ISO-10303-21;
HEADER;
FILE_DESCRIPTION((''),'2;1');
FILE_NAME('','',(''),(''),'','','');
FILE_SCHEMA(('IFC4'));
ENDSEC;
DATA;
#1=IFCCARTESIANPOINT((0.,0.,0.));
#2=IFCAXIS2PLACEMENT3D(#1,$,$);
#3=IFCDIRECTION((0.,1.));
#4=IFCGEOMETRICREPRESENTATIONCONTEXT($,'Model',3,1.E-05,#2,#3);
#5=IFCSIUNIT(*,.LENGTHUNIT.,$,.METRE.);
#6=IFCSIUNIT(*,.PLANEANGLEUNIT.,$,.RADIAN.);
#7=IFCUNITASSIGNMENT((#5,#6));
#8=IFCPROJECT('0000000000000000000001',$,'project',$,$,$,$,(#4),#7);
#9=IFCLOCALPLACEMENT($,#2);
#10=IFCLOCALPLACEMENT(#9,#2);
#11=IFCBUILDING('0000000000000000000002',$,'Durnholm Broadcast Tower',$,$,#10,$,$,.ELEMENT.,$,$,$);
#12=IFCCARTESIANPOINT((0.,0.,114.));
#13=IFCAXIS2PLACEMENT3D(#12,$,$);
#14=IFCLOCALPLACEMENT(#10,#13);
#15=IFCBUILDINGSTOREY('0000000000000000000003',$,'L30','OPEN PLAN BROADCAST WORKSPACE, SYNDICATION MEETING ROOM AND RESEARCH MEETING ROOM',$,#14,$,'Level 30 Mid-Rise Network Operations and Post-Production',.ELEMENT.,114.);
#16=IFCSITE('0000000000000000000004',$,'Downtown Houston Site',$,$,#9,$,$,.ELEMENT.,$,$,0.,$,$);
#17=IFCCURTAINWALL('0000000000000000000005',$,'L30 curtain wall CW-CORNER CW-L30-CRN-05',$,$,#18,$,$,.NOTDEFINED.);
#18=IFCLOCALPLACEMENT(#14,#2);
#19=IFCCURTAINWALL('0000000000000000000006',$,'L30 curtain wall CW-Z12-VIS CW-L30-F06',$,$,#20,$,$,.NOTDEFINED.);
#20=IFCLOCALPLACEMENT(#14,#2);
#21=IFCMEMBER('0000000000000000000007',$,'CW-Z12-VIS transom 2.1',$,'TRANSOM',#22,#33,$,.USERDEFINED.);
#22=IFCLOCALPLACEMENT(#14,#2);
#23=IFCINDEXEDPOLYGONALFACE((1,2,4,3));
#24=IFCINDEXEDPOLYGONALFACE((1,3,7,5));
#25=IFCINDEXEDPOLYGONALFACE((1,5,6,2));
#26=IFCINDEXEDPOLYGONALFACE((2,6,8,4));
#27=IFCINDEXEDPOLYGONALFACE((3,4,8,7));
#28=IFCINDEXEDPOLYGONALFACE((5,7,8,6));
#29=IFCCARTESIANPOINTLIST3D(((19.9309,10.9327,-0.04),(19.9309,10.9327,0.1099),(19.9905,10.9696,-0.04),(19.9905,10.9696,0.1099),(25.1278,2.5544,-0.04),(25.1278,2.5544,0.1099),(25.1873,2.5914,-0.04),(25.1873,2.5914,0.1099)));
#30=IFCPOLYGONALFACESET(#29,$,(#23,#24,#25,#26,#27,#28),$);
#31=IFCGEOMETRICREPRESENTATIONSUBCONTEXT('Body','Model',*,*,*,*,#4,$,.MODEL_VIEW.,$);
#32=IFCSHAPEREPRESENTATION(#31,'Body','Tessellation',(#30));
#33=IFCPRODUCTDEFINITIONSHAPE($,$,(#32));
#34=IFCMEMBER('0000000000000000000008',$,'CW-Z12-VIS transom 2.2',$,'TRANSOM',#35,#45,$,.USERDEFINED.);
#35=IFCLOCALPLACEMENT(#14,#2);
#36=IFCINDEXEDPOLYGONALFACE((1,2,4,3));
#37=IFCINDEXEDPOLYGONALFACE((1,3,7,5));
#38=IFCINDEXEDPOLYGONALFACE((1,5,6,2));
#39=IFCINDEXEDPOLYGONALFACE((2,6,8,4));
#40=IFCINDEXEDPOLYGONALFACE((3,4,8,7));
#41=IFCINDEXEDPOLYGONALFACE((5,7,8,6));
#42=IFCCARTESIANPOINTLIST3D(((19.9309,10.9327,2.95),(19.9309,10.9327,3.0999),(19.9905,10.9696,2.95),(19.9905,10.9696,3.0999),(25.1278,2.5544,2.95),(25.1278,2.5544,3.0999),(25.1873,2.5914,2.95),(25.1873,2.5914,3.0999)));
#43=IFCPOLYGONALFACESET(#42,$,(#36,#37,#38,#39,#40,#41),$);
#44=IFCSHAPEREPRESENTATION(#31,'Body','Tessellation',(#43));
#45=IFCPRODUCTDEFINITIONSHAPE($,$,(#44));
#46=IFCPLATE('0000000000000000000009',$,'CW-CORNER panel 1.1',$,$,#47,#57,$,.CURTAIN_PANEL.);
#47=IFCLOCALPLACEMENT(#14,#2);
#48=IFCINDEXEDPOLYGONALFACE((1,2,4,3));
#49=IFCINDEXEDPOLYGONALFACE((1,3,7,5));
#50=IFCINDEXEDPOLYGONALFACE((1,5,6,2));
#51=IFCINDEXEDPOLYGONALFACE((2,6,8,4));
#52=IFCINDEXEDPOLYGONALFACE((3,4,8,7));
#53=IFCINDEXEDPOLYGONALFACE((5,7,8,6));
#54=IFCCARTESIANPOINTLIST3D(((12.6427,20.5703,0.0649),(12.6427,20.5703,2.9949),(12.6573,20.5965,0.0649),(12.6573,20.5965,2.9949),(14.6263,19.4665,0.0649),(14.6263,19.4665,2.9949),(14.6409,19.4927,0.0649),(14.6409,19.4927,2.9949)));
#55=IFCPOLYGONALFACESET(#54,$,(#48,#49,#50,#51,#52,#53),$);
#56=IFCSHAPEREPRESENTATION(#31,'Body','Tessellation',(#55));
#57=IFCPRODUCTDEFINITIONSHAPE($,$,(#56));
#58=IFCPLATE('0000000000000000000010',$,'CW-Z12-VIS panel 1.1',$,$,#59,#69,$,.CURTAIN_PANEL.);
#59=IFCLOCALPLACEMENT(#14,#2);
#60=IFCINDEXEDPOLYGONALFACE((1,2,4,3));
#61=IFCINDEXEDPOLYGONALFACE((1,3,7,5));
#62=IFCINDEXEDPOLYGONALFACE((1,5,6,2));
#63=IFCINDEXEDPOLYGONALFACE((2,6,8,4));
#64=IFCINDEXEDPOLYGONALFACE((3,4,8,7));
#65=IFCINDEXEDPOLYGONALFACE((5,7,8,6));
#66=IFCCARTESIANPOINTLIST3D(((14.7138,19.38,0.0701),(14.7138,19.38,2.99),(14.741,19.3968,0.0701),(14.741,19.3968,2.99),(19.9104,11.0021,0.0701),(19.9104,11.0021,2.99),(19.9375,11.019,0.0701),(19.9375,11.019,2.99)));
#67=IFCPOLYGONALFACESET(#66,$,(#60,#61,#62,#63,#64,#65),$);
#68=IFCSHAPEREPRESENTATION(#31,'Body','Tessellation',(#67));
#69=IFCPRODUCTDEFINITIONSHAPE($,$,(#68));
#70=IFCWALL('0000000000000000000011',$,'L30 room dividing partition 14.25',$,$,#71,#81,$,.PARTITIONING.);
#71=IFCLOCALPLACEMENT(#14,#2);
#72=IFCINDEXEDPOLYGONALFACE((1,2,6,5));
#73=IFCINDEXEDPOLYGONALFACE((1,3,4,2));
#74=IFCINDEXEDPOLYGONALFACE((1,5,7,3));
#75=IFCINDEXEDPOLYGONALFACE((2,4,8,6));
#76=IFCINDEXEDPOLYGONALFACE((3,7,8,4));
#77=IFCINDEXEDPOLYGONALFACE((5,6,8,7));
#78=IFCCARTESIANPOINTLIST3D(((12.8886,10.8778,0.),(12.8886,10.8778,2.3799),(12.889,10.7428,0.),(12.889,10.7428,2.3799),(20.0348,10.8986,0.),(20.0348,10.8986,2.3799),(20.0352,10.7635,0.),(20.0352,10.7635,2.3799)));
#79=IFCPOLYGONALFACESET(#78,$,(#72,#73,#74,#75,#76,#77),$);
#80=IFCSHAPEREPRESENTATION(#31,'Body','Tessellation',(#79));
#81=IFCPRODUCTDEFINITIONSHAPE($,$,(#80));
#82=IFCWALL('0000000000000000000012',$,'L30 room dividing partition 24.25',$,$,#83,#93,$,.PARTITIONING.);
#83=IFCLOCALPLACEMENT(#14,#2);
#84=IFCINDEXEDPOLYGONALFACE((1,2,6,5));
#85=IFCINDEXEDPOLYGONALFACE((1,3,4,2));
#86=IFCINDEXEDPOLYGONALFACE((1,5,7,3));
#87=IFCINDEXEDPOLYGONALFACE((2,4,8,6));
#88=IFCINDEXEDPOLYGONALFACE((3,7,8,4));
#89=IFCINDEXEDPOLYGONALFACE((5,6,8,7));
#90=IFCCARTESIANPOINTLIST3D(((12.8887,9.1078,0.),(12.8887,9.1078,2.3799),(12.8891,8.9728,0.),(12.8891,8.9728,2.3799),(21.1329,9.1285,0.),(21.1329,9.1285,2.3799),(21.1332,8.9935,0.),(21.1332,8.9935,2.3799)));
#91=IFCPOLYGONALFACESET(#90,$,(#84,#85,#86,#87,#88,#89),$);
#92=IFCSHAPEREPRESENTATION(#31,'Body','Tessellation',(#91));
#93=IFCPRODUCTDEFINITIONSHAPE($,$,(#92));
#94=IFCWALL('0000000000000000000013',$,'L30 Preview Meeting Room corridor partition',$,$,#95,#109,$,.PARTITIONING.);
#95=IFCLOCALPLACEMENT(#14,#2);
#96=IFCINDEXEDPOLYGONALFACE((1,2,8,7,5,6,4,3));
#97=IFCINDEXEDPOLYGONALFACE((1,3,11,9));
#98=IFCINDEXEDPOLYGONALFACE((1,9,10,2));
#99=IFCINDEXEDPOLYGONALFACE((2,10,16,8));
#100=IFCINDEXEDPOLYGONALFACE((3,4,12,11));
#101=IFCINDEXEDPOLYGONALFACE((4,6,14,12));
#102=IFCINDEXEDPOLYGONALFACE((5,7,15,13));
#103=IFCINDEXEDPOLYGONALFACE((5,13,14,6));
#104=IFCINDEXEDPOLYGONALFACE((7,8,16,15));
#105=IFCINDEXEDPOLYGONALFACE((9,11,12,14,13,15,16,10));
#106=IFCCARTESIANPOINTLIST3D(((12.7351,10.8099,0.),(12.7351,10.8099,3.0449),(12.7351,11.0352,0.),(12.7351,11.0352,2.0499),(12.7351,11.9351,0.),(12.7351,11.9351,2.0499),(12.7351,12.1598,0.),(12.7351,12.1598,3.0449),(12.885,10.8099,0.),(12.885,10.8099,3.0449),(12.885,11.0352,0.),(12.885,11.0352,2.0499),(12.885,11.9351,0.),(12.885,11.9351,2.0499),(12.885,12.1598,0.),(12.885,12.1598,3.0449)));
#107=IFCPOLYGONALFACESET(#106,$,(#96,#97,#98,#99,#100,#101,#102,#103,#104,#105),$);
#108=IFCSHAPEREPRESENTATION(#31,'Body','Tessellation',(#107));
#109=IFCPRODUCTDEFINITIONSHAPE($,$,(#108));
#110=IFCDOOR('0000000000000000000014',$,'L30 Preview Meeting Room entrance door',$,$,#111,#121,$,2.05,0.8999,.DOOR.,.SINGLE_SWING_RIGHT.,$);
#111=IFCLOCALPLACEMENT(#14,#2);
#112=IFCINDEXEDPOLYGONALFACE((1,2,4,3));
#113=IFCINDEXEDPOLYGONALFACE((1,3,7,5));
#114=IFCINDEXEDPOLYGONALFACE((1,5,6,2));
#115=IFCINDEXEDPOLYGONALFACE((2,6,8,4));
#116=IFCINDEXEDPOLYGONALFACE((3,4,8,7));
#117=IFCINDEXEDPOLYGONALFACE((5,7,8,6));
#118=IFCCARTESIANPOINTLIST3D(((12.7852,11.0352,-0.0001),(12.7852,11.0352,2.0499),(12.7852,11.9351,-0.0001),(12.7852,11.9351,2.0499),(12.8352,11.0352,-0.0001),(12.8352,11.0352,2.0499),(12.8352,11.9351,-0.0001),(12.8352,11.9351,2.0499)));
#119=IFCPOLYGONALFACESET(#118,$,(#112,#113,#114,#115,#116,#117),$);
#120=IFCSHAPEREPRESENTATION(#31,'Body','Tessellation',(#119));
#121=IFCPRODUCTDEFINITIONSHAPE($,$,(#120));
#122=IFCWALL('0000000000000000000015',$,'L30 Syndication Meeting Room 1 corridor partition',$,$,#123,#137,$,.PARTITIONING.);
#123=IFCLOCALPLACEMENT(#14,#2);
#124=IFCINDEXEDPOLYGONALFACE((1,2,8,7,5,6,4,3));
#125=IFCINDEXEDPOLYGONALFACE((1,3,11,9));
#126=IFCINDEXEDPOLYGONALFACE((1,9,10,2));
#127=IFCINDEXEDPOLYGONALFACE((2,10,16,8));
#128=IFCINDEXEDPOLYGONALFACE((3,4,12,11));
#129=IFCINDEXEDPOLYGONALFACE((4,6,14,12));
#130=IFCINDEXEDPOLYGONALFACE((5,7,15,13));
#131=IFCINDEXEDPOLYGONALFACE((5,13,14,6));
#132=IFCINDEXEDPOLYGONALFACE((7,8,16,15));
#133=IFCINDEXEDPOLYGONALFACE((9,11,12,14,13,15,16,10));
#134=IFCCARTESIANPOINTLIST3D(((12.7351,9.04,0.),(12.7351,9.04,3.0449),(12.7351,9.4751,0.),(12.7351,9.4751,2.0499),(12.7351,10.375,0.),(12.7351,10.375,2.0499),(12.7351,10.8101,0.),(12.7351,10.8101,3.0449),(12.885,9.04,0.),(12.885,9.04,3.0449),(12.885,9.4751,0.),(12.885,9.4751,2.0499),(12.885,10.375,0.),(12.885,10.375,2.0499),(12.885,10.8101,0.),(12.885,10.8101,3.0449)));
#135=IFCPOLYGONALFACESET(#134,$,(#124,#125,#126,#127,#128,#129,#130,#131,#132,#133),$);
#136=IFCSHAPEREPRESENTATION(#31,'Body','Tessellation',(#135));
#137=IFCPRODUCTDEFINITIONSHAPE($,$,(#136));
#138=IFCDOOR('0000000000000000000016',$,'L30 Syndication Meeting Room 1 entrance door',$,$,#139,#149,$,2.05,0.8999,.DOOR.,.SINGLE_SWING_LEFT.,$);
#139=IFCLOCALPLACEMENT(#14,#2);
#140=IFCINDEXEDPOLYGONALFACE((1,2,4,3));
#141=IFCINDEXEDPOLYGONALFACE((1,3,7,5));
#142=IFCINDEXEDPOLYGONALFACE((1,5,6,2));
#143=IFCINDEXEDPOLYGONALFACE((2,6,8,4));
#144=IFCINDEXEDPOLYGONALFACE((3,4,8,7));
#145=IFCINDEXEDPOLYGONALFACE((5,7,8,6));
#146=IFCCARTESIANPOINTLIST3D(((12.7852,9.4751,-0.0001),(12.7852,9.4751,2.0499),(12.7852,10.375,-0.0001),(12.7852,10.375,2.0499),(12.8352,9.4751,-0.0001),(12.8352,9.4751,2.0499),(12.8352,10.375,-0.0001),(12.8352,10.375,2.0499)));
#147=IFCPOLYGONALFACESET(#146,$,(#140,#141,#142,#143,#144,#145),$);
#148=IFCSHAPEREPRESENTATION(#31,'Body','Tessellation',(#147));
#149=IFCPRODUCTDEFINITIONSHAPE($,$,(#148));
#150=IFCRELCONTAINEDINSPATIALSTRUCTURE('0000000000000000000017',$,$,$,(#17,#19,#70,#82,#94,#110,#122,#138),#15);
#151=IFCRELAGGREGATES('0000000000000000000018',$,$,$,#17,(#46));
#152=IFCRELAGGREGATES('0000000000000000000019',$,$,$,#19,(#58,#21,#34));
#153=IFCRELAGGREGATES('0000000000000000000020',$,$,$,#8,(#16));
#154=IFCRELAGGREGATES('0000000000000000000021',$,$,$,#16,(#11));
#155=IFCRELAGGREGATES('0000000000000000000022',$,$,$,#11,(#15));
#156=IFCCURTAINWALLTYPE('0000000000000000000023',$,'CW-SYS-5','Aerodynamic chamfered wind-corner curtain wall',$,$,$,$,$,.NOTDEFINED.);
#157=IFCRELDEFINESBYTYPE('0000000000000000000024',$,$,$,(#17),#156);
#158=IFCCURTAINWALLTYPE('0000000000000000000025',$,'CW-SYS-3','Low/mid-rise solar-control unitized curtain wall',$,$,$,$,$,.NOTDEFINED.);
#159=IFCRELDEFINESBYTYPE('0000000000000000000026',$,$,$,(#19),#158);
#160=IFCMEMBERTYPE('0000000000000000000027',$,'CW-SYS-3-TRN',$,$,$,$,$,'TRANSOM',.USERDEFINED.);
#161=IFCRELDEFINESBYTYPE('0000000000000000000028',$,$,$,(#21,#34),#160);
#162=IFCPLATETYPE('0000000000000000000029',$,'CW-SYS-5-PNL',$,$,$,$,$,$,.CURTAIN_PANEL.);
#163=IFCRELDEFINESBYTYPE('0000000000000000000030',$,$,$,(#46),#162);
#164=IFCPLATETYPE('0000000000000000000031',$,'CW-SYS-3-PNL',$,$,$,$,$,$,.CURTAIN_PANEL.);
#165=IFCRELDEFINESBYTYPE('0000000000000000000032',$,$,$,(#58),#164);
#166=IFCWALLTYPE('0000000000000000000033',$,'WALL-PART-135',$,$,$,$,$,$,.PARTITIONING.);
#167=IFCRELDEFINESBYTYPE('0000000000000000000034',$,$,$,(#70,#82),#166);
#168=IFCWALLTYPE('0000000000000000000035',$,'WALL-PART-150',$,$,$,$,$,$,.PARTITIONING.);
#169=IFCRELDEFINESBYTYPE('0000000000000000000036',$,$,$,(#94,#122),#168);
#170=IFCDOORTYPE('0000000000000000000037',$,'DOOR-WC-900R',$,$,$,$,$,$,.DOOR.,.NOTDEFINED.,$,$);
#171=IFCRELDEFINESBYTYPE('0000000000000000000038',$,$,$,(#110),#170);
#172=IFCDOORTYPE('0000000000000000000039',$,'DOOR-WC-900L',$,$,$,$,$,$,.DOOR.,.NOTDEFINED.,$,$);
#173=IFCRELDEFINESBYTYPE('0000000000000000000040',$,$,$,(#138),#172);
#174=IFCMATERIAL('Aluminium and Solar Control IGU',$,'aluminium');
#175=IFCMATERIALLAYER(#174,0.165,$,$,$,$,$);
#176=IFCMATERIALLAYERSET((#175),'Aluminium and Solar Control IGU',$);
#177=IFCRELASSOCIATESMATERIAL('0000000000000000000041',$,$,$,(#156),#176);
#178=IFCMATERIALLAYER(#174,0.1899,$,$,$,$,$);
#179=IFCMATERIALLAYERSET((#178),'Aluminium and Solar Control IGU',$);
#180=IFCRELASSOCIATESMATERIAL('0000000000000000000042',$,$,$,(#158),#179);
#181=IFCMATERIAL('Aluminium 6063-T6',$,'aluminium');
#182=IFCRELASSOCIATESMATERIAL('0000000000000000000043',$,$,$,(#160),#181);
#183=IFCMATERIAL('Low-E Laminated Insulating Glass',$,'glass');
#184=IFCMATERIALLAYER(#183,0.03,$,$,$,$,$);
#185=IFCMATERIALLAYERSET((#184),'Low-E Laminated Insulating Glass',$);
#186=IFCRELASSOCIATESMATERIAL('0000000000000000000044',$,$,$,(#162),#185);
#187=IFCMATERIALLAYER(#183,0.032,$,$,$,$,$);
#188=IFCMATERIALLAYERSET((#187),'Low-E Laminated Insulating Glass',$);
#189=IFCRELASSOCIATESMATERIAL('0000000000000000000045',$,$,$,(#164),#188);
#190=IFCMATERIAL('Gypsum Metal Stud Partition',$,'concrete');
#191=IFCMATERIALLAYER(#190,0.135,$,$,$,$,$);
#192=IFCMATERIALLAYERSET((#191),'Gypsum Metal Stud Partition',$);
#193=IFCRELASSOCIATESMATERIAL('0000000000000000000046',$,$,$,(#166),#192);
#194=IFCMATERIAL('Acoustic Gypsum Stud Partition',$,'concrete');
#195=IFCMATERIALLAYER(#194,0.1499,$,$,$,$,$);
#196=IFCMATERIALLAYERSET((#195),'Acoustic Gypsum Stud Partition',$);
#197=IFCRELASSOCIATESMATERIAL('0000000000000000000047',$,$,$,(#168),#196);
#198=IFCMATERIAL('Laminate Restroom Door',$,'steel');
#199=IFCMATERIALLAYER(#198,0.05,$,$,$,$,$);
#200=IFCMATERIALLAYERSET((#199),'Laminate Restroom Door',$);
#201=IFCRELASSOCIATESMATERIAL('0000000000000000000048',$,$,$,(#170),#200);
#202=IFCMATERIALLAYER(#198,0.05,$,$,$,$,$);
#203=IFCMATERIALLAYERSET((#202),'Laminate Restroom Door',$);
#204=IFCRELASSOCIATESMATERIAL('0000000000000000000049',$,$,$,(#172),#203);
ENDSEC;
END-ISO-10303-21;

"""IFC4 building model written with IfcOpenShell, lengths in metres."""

from ifc_helpers import new_model, si_unit, direction, frame, frame_2d, origin, origin_2d, place, context, subcontext, project, spatial, rectangle, extrude, source, transform, mapped, material, layer, layer_set, material_profile, profile_set, type_object, type_shapes, element, fill, aggregate, save


model = new_model("IFC4")

# Units and contexts
model_context = context("Model", 3, precision=1e-05, world=origin(), true_north=direction((0.0, 1.0)))
body_context = subcontext(model_context, "Body", "Model", "MODEL_VIEW")
ifc_project = project(units=[si_unit("LENGTHUNIT", "METRE"), si_unit("PLANEANGLEUNIT", "RADIAN")], contexts=[model_context])

# Site, building, storey
site_placement = place(None, origin())
site = spatial("IfcSite", under=ifc_project, at=site_placement, Name="Downtown Houston Site", CompositionType="ELEMENT", RefElevation=0.0)
building_placement = place(site_placement, origin())
building = spatial("IfcBuilding", under=site, at=building_placement, Name="Durnholm Broadcast Tower", CompositionType="ELEMENT")
storey_placement = place(building_placement, frame((0.0, 0.0, 114.0)))
storey = spatial("IfcBuildingStorey", under=building, at=storey_placement, Name="L30", Description="OPEN PLAN BROADCAST WORKSPACE, SYNDICATION MEETING ROOM AND RESEARCH MEETING ROOM", LongName="Level 30 Mid-Rise Network Operations and Post-Production", CompositionType="ELEMENT", Elevation=114.0)

# Curtain wall
ifc_material_1 = material(Name="Aluminium and Solar Control IGU", Category="aluminium")
ifc_layer_1 = layer(ifc_material_1, 0.165)
ifc_layer_set_1 = layer_set([ifc_layer_1], Name="Aluminium and Solar Control IGU")
curtain_wall_type_1 = type_object("IfcCurtainWallType", Name="CW-SYS-5", Description="Aerodynamic chamfered wind-corner curtain wall", PredefinedType="NOTDEFINED", material=ifc_layer_set_1)
curtain_wall_1_placement = place(storey_placement, origin())
curtain_wall_1 = element("IfcCurtainWall", 1, at=curtain_wall_1_placement, inside=storey, type_object=curtain_wall_type_1, Name="L30 curtain wall CW-CORNER CW-L30-CRN-05", PredefinedType="NOTDEFINED")
ifc_material_2 = material(Name="Aluminium 6063-T6", Category="aluminium")

# Curtain wall, members
ifc_layer_2 = layer(ifc_material_1, 0.1899)
ifc_layer_set_2 = layer_set([ifc_layer_2], Name="Aluminium and Solar Control IGU")
curtain_wall_type_2 = type_object("IfcCurtainWallType", Name="CW-SYS-3", Description="Low/mid-rise solar-control unitized curtain wall", PredefinedType="NOTDEFINED", material=ifc_layer_set_2)
curtain_wall_2_placement = place(storey_placement, origin())
curtain_wall_2 = element("IfcCurtainWall", 2, at=curtain_wall_2_placement, inside=storey, type_object=curtain_wall_type_2, Name="L30 curtain wall CW-Z12-VIS CW-L30-F06", PredefinedType="NOTDEFINED")
ifc_material_profile_1 = material_profile(ifc_material_2, rectangle(XDim=0.0701, YDim=0.1499, at=origin_2d()), Name="CWT70X150")
ifc_profile_set_1 = profile_set([ifc_material_profile_1], Name="Aluminium 6063-T6")
member_type_1 = type_object("IfcMemberType", Name="CW-SYS-3-TRN", ElementType="TRANSOM", PredefinedType="USERDEFINED", material=ifc_profile_set_1)
shared_shape_1 = source(origin(), body_context, "Body", "SweptSolid", [
    extrude(rectangle(XDim=0.0701, YDim=0.1499, at=origin_2d()), origin(), (0.0, 0.0, 1.0), 9.8591),
])
member_1_placement = place(storey_placement, frame((19.9607, 10.9512, 0.0349), z_axis=(0.527109, -0.849798, 0.0), x_axis=(0.849798, 0.527109, 0.0)))
member_1 = element("IfcMember", 3, at=member_1_placement, type_object=member_type_1, Name="CW-Z12-VIS transom 2.1", ObjectType="TRANSOM", PredefinedType="USERDEFINED", context=body_context, shape_type="MappedRepresentation", body=[
    mapped(shared_shape_1, transform((0.0, 0.0, 0.0), x_axis=(1.0, 0.0, 0.0), y_axis=(0.0, 1.0, 0.0), z_axis=(0.0, 0.0, 1.0), scale=1.0)),
])
member_2_placement = place(storey_placement, frame((19.9607, 10.9512, 3.0249), z_axis=(0.527109, -0.849798, 0.0), x_axis=(0.849798, 0.527109, 0.0)))
member_2 = element("IfcMember", 4, at=member_2_placement, type_object=member_type_1, Name="CW-Z12-VIS transom 2.2", ObjectType="TRANSOM", PredefinedType="USERDEFINED", context=body_context, shape_type="MappedRepresentation", body=[
    mapped(shared_shape_1, transform((0.0, 0.0, 0.0), x_axis=(1.0, 0.0, 0.0), y_axis=(0.0, 1.0, 0.0), z_axis=(0.0, 0.0, 1.0), scale=1.0)),
])

# Plates
ifc_material_3 = material(Name="Low-E Laminated Insulating Glass", Category="glass")
ifc_layer_3 = layer(ifc_material_3, 0.03)
ifc_layer_set_3 = layer_set([ifc_layer_3], Name="Low-E Laminated Insulating Glass")
plate_type_1 = type_object("IfcPlateType", Name="CW-SYS-5-PNL", PredefinedType="CURTAIN_PANEL", material=ifc_layer_set_3)
shared_shape_2 = source(origin(), body_context, "Body", "SweptSolid", [
    extrude(rectangle(XDim=2.27, YDim=0.03, at=origin_2d()), origin(), (0.0, 0.0, 1.0), 2.9299),
])
type_shapes(plate_type_1, [shared_shape_2])
plate_1_placement = place(storey_placement, frame((13.6418, 20.0315, 0.0649), z_axis=(0.0, 0.0, 1.0), x_axis=(0.873823, -0.486244, 0.0)))
plate_1 = element("IfcPlate", 5, at=plate_1_placement, type_object=plate_type_1, Name="CW-CORNER panel 1.1", PredefinedType="CURTAIN_PANEL", context=body_context, shape_type="MappedRepresentation", body=[
    mapped(shared_shape_2, transform((0.0, 0.0, 0.0), x_axis=(1.0, 0.0, 0.0), y_axis=(0.0, 1.0, 0.0), z_axis=(0.0, 0.0, 1.0), scale=1.0)),
])
aggregate(curtain_wall_1, [plate_1])
ifc_layer_4 = layer(ifc_material_3, 0.032)
ifc_layer_set_4 = layer_set([ifc_layer_4], Name="Low-E Laminated Insulating Glass")
plate_type_2 = type_object("IfcPlateType", Name="CW-SYS-3-PNL", PredefinedType="CURTAIN_PANEL", material=ifc_layer_set_4)
shared_shape_3 = source(origin(), body_context, "Body", "SweptSolid", [
    extrude(rectangle(XDim=9.8586, YDim=0.032, at=origin_2d()), origin(), (0.0, 0.0, 1.0), 2.9199),
])
type_shapes(plate_type_2, [shared_shape_3])
plate_2_placement = place(storey_placement, frame((17.3257, 15.1995, 0.0701), z_axis=(0.0, 0.0, 1.0), x_axis=(0.527105, -0.8498, 0.0)))
plate_2 = element("IfcPlate", 6, at=plate_2_placement, type_object=plate_type_2, Name="CW-Z12-VIS panel 1.1", PredefinedType="CURTAIN_PANEL", context=body_context, shape_type="MappedRepresentation", body=[
    mapped(shared_shape_3, transform((0.0, 0.0, 0.0), x_axis=(1.0, 0.0, 0.0), y_axis=(0.0, 1.0, 0.0), z_axis=(0.0, 0.0, 1.0), scale=1.0)),
])
aggregate(curtain_wall_2, [plate_2, member_1, member_2])

# Walls
ifc_material_4 = material(Name="Gypsum Metal Stud Partition", Category="concrete")
ifc_layer_5 = layer(ifc_material_4, 0.135)
ifc_layer_set_5 = layer_set([ifc_layer_5], Name="Gypsum Metal Stud Partition")
wall_type_1 = type_object("IfcWallType", Name="WALL-PART-135", PredefinedType="PARTITIONING", material=ifc_layer_set_5)
wall_1_placement = place(storey_placement, frame((20.0352, 10.8311, 0.0), z_axis=(0.0, 0.0, 1.0), x_axis=(-0.999996, -0.002904, 0.0)))
element("IfcWall", 7, at=wall_1_placement, inside=storey, type_object=wall_type_1, Name="L30 room dividing partition 14.25", PredefinedType="PARTITIONING", context=body_context, shape_type="SweptSolid", body=[
    extrude(rectangle(XDim=7.1462, YDim=0.135, at=frame_2d((3.5732, 0.0))), origin(), (0.0, 0.0, 1.0), 2.3799),
])
wall_2_placement = place(storey_placement, frame((12.8889, 9.0403, 0.0), z_axis=(0.0, 0.0, 1.0), x_axis=(0.999997, 0.002517, 0.0)))
element("IfcWall", 8, at=wall_2_placement, inside=storey, type_object=wall_type_1, Name="L30 room dividing partition 24.25", PredefinedType="PARTITIONING", context=body_context, shape_type="SweptSolid", body=[
    extrude(rectangle(XDim=8.2441, YDim=0.135, at=frame_2d((4.1221, 0.0))), origin(), (0.0, 0.0, 1.0), 2.3799),
])

# Walls, openings, doors
ifc_material_5 = material(Name="Acoustic Gypsum Stud Partition", Category="concrete")
ifc_layer_6 = layer(ifc_material_5, 0.1499)
ifc_layer_set_6 = layer_set([ifc_layer_6], Name="Acoustic Gypsum Stud Partition")
wall_type_2 = type_object("IfcWallType", Name="WALL-PART-150", PredefinedType="PARTITIONING", material=ifc_layer_set_6)
wall_3_placement = place(storey_placement, frame((12.8101, 10.8101, 0.0), z_axis=(0.0, 0.0, 1.0), x_axis=(0.0, 1.0, 0.0)))
wall_3 = element("IfcWall", 9, at=wall_3_placement, inside=storey, type_object=wall_type_2, Name="L30 Preview Meeting Room corridor partition", PredefinedType="PARTITIONING", context=body_context, shape_type="SweptSolid", body=[
    extrude(rectangle(XDim=1.3499, YDim=0.1499, at=frame_2d((0.6748, 0.0))), origin(), (0.0, 0.0, 1.0), 3.0449),
])
opening_1_placement = place(wall_3_placement, frame((0.2251, 0.0, 0.0)))
opening_1 = element("IfcOpeningElement", 10, at=opening_1_placement, cuts=wall_3, PredefinedType="OPENING", context=body_context, shape_type="SweptSolid", body=[
    extrude(rectangle(XDim=0.8999, YDim=2.05, at=frame_2d((0.45, 1.0249))), frame((0.0, 0.085, 0.0), z_axis=(0.0, -1.0, 0.0), x_axis=(1.0, 0.0, 0.0)), (0.0, 0.0, 1.0), 0.1699),
])
ifc_material_6 = material(Name="Laminate Restroom Door", Category="steel")
ifc_layer_7 = layer(ifc_material_6, 0.05)
ifc_layer_set_7 = layer_set([ifc_layer_7], Name="Laminate Restroom Door")
door_type_1 = type_object("IfcDoorType", Name="DOOR-WC-900R", OperationType="NOTDEFINED", PredefinedType="DOOR", material=ifc_layer_set_7)
shared_shape_4 = source(origin(), body_context, "Body", "SweptSolid", [
    extrude(rectangle(XDim=0.8999, YDim=2.05, at=frame_2d((0.45, 1.0249))), frame((0.0, 0.0249, 0.0), z_axis=(0.0, -1.0, 0.0), x_axis=(1.0, 0.0, 0.0)), (0.0, 0.0, 1.0), 0.05),
])
type_shapes(door_type_1, [shared_shape_4])
door_1_placement = place(opening_1_placement, origin())
door_1 = element("IfcDoor", 11, at=door_1_placement, inside=storey, type_object=door_type_1, Name="L30 Preview Meeting Room entrance door", OperationType="SINGLE_SWING_RIGHT", OverallHeight=2.05, OverallWidth=0.8999, PredefinedType="DOOR", context=body_context, shape_type="MappedRepresentation", body=[
    mapped(shared_shape_4, transform((0.0, 0.0, 0.0), x_axis=(1.0, 0.0, 0.0), y_axis=(0.0, 1.0, 0.0), z_axis=(0.0, 0.0, 1.0), scale=1.0)),
])
fill(opening_1, door_1)
wall_4_placement = place(storey_placement, frame((12.8101, 9.04, 0.0), z_axis=(0.0, 0.0, 1.0), x_axis=(0.0, 1.0, 0.0)))
wall_4 = element("IfcWall", 12, at=wall_4_placement, inside=storey, type_object=wall_type_2, Name="L30 Syndication Meeting Room 1 corridor partition", PredefinedType="PARTITIONING", context=body_context, shape_type="SweptSolid", body=[
    extrude(rectangle(XDim=1.77, YDim=0.1499, at=frame_2d((0.885, 0.0))), origin(), (0.0, 0.0, 1.0), 3.0449),
])
opening_2_placement = place(wall_4_placement, frame((0.4351, 0.0, 0.0)))
opening_2 = element("IfcOpeningElement", 13, at=opening_2_placement, cuts=wall_4, PredefinedType="OPENING", context=body_context, shape_type="SweptSolid", body=[
    extrude(rectangle(XDim=0.8999, YDim=2.05, at=frame_2d((0.45, 1.0249))), frame((0.0, 0.085, 0.0), z_axis=(0.0, -1.0, 0.0), x_axis=(1.0, 0.0, 0.0)), (0.0, 0.0, 1.0), 0.1699),
])
ifc_layer_8 = layer(ifc_material_6, 0.05)
ifc_layer_set_8 = layer_set([ifc_layer_8], Name="Laminate Restroom Door")
door_type_2 = type_object("IfcDoorType", Name="DOOR-WC-900L", OperationType="NOTDEFINED", PredefinedType="DOOR", material=ifc_layer_set_8)
shared_shape_5 = source(origin(), body_context, "Body", "SweptSolid", [
    extrude(rectangle(XDim=0.8999, YDim=2.05, at=frame_2d((0.45, 1.0249))), frame((0.0, 0.0249, 0.0), z_axis=(0.0, -1.0, 0.0), x_axis=(1.0, 0.0, 0.0)), (0.0, 0.0, 1.0), 0.05),
])
type_shapes(door_type_2, [shared_shape_5])
door_2_placement = place(opening_2_placement, origin())
door_2 = element("IfcDoor", 14, at=door_2_placement, inside=storey, type_object=door_type_2, Name="L30 Syndication Meeting Room 1 entrance door", OperationType="SINGLE_SWING_LEFT", OverallHeight=2.05, OverallWidth=0.8999, PredefinedType="DOOR", context=body_context, shape_type="MappedRepresentation", body=[
    mapped(shared_shape_5, transform((0.0, 0.0, 0.0), x_axis=(1.0, 0.0, 0.0), y_axis=(0.0, 1.0, 0.0), z_axis=(0.0, 0.0, 1.0), scale=1.0)),
])
fill(opening_2, door_2)

save(model, "model.ifc")
